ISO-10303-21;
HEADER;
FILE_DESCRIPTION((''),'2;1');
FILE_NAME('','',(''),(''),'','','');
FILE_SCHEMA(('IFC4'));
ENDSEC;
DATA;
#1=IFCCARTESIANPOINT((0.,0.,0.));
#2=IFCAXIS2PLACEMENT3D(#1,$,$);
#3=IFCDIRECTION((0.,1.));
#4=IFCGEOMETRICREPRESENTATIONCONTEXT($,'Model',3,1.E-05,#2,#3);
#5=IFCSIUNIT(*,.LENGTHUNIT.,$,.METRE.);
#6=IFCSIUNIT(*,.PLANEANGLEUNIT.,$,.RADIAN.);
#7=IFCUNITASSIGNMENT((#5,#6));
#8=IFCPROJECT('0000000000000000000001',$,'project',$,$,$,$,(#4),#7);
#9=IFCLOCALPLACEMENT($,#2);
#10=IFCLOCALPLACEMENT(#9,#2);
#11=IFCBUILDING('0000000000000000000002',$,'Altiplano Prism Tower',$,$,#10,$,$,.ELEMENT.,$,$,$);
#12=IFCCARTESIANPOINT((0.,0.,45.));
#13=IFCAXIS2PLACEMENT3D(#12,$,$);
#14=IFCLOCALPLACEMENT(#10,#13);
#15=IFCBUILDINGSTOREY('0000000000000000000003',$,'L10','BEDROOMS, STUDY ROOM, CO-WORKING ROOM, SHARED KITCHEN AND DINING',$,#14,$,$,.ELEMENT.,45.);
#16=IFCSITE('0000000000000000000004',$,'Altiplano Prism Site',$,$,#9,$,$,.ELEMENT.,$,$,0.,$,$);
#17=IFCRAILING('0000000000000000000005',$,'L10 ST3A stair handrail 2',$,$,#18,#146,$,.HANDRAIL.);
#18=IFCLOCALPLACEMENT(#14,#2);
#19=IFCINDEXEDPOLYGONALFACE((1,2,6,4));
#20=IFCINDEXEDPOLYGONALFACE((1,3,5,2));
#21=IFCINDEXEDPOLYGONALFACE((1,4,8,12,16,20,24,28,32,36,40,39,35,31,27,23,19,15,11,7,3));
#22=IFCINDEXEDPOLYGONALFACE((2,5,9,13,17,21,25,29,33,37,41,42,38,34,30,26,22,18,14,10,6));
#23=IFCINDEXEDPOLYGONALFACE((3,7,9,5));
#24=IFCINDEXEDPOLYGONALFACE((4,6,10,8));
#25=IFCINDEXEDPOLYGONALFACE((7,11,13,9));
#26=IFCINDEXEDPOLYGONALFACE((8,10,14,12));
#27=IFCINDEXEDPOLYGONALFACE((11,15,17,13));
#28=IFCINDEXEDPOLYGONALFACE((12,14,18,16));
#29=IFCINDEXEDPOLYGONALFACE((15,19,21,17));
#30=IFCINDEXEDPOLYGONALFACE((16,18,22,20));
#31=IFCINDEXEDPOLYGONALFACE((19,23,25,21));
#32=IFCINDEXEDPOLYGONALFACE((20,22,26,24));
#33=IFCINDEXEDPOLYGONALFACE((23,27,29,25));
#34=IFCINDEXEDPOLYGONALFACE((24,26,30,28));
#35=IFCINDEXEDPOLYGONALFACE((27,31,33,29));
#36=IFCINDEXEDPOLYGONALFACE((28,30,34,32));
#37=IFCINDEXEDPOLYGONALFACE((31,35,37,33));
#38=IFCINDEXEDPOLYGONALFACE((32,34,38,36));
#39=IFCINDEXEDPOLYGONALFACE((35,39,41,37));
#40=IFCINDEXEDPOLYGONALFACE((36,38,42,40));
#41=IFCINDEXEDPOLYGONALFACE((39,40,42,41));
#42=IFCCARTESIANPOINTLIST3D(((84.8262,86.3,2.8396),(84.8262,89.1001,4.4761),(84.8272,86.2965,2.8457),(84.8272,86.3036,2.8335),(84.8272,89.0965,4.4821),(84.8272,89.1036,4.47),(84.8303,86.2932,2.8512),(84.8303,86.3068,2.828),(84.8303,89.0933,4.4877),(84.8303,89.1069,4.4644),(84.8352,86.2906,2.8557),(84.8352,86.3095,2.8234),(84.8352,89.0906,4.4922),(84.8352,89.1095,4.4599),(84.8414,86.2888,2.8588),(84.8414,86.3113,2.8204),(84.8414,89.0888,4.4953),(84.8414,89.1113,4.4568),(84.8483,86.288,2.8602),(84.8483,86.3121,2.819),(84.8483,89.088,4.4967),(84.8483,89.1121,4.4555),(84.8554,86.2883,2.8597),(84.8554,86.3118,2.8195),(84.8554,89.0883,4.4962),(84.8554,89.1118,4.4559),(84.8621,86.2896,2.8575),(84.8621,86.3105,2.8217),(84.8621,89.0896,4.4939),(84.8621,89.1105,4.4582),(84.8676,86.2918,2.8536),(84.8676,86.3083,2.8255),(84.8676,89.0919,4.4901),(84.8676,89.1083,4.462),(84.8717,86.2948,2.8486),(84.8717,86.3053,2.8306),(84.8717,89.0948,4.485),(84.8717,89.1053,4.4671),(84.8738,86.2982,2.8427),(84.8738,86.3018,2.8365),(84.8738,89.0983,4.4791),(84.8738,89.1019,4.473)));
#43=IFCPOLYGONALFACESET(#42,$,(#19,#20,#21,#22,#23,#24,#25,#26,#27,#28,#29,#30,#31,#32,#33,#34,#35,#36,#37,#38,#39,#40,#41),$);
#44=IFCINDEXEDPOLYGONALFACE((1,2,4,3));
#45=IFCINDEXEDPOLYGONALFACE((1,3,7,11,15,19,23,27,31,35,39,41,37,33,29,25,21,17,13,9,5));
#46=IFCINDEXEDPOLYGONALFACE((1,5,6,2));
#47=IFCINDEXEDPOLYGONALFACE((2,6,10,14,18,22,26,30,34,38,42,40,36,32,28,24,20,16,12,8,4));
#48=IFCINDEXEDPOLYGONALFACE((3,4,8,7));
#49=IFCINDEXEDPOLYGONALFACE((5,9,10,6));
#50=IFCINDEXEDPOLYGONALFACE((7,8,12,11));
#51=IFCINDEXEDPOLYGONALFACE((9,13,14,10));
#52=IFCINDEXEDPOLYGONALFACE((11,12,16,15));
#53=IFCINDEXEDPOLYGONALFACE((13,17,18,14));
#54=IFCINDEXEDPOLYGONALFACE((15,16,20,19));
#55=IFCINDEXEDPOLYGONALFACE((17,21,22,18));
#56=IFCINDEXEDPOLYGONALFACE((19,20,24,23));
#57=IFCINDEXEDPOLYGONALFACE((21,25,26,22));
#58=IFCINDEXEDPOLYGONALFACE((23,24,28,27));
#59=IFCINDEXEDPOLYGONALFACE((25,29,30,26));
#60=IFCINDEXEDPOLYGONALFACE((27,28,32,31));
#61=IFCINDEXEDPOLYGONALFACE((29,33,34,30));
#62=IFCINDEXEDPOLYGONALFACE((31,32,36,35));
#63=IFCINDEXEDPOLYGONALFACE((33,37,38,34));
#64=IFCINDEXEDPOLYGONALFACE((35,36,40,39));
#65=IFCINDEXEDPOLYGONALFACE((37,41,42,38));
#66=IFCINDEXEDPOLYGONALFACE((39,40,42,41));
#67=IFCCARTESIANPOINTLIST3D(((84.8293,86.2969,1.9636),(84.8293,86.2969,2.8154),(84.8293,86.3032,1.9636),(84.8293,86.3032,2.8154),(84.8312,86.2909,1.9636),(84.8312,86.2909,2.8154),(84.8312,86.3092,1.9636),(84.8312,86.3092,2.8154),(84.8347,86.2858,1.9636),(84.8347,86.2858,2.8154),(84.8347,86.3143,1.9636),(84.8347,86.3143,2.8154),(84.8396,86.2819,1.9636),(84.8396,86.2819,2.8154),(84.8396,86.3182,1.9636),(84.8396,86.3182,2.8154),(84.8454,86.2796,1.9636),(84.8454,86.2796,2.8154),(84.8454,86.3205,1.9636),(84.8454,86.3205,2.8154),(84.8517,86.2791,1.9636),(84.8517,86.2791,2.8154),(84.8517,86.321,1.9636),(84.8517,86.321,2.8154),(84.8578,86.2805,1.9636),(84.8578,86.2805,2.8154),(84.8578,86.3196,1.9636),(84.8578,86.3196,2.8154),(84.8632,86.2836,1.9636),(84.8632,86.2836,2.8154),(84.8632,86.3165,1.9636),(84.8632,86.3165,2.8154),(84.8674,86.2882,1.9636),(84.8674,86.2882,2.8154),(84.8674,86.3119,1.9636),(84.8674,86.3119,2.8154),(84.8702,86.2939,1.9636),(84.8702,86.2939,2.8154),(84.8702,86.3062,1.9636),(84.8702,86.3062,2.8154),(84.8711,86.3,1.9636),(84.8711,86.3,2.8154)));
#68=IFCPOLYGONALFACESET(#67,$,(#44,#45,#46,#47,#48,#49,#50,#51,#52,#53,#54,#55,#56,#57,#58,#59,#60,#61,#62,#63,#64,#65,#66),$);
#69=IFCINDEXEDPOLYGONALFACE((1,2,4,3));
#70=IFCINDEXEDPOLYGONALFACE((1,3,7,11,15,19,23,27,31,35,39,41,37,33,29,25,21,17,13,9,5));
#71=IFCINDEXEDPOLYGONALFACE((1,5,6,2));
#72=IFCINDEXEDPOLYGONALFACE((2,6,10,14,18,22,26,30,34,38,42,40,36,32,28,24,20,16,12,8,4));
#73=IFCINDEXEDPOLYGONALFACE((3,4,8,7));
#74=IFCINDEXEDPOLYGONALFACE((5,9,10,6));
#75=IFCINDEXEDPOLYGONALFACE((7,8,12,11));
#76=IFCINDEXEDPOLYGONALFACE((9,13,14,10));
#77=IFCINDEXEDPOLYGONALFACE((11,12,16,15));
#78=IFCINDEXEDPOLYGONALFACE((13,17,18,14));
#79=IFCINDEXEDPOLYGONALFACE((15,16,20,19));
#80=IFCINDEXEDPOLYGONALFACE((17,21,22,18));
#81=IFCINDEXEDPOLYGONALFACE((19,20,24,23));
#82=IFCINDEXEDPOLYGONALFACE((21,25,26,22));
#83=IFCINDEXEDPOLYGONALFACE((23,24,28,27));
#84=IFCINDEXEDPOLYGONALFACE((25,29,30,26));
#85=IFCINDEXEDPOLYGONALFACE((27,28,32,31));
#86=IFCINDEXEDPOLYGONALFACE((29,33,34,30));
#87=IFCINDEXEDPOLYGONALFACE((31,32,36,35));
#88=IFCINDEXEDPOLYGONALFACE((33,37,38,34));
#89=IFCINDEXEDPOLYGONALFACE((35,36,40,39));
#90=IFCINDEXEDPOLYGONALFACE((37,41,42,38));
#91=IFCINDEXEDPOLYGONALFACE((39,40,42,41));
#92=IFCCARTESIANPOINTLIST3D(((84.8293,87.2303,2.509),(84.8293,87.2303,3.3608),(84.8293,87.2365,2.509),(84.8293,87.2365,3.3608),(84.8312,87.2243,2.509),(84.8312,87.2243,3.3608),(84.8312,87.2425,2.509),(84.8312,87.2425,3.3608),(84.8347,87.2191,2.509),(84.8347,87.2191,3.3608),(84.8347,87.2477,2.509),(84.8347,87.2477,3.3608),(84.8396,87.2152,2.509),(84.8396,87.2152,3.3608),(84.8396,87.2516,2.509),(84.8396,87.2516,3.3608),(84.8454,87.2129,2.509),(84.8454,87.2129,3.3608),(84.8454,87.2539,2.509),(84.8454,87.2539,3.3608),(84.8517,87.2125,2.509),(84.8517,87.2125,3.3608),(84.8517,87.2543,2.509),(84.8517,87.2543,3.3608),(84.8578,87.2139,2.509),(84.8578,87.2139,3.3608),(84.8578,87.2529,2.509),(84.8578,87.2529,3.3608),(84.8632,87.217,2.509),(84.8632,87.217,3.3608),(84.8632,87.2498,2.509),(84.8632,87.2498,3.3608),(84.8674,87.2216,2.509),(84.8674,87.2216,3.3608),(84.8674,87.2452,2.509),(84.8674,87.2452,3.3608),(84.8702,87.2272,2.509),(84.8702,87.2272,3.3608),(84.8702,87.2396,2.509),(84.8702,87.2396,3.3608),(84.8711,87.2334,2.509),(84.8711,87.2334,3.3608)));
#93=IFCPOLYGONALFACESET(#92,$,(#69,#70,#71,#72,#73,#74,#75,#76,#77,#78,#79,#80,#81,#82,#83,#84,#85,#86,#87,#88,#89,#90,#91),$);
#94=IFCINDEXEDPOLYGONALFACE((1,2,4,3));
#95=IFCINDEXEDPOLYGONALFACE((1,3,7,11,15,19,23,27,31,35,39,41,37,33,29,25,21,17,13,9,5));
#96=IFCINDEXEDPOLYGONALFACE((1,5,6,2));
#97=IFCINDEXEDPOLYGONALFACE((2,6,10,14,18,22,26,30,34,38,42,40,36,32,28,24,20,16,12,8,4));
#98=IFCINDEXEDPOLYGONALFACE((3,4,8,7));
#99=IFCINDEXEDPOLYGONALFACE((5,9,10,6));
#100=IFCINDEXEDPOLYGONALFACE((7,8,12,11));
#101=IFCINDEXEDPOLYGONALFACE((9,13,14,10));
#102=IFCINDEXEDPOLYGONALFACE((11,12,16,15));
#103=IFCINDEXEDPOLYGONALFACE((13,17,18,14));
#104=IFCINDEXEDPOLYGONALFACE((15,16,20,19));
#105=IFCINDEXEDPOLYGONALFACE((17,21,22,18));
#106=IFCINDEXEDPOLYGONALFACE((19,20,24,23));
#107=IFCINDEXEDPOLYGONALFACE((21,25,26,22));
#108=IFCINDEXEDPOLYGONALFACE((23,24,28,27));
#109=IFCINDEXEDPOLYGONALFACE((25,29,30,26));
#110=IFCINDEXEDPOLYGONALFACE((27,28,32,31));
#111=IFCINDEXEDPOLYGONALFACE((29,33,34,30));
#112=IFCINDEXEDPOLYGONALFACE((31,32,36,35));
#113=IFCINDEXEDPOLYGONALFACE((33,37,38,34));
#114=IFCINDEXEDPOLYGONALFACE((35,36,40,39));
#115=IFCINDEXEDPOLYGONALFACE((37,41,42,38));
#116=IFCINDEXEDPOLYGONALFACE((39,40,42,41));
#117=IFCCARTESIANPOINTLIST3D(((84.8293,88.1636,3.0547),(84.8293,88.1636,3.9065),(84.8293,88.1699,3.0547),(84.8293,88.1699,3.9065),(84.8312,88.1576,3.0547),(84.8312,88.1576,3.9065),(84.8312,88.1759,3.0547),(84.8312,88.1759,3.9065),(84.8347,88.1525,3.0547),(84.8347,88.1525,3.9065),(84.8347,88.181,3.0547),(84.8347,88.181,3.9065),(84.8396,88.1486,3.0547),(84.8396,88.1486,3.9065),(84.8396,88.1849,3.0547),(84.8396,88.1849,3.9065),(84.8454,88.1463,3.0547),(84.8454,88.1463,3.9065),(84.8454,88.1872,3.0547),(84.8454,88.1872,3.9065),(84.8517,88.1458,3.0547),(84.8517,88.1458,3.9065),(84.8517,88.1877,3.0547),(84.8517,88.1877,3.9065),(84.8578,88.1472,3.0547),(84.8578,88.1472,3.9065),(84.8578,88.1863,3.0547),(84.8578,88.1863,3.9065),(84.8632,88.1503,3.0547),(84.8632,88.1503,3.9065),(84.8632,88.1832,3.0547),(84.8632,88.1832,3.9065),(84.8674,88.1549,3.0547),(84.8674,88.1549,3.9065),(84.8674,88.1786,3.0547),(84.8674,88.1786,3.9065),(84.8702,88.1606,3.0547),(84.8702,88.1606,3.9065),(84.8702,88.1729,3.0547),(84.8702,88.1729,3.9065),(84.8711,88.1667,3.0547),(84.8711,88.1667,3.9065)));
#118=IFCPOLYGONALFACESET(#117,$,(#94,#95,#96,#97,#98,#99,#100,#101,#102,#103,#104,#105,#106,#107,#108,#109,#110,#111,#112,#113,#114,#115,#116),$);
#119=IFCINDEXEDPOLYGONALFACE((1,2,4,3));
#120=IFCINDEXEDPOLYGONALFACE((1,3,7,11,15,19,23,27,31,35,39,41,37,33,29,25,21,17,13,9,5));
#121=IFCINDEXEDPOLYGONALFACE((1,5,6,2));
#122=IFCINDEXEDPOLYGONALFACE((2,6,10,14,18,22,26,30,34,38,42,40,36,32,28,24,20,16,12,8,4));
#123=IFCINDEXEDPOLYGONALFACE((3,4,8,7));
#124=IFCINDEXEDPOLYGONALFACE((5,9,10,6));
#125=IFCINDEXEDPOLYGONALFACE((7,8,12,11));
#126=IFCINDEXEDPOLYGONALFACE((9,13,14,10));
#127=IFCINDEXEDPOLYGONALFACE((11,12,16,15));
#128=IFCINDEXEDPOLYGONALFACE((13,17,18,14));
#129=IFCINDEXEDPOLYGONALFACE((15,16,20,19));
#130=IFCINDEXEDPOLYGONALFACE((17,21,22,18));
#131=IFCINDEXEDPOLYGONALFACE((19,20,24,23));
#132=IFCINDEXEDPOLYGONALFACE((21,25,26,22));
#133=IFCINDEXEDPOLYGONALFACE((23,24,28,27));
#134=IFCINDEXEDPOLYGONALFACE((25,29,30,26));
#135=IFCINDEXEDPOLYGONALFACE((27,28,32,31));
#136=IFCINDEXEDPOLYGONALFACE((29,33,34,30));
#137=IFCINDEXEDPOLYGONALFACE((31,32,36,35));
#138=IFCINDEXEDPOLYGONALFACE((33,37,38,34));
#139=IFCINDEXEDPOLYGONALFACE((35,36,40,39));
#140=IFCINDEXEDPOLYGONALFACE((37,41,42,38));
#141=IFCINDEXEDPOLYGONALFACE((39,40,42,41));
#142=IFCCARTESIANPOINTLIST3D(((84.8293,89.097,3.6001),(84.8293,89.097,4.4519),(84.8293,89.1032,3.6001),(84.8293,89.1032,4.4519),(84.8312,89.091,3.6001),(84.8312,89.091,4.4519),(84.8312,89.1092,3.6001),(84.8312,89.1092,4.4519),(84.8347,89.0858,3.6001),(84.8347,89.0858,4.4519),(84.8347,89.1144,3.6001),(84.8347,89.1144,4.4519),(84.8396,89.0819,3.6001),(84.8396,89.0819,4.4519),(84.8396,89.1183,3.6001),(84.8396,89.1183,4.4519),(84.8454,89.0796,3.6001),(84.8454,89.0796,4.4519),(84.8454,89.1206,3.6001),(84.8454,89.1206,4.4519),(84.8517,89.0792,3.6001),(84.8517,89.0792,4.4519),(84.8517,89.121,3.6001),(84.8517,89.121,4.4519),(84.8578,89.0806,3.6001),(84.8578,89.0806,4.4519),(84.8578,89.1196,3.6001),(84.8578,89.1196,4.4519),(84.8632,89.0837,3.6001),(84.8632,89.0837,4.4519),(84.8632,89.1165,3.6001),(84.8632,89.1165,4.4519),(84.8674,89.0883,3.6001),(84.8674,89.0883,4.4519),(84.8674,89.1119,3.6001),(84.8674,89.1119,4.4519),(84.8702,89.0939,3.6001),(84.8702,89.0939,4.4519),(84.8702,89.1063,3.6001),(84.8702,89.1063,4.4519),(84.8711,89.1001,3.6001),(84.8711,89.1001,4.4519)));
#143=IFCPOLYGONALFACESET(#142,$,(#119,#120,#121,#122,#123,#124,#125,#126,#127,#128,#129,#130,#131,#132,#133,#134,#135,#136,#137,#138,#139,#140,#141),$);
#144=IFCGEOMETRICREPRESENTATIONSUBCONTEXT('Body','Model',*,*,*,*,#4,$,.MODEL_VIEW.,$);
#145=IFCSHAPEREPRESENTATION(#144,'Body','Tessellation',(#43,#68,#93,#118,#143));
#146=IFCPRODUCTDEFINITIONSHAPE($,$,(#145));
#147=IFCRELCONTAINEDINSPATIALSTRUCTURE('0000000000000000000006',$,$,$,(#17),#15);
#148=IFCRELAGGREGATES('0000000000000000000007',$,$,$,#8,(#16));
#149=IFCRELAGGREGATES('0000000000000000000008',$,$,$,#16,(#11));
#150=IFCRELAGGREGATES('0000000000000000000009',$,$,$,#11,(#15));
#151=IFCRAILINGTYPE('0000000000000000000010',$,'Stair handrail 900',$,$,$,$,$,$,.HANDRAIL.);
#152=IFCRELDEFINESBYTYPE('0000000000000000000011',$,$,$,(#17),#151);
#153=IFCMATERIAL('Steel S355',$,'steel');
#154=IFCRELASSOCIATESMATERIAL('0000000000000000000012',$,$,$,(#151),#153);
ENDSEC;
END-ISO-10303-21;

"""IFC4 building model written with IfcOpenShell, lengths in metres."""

from ifc_helpers import new_model, si_unit, direction, frame, origin, origin_2d, place, context, subcontext, project, spatial, circle, extrude, material, type_object, element, save


model = new_model("IFC4")

# Units and contexts
model_context = context("Model", 3, precision=1e-05, world=origin(), true_north=direction((0.0, 1.0)))
body_context = subcontext(model_context, "Body", "Model", "MODEL_VIEW")
ifc_project = project(units=[si_unit("LENGTHUNIT", "METRE"), si_unit("PLANEANGLEUNIT", "RADIAN")], contexts=[model_context])

# Site, building, storey
site_placement = place(None, origin())
site = spatial("IfcSite", under=ifc_project, at=site_placement, Name="Altiplano Prism Site", CompositionType="ELEMENT", RefElevation=0.0)
building_placement = place(site_placement, origin())
building = spatial("IfcBuilding", under=site, at=building_placement, Name="Altiplano Prism Tower", CompositionType="ELEMENT")
storey_placement = place(building_placement, frame((0.0, 0.0, 45.0)))
storey = spatial("IfcBuildingStorey", under=building, at=storey_placement, Name="L10", Description="BEDROOMS, STUDY ROOM, CO-WORKING ROOM, SHARED KITCHEN AND DINING", CompositionType="ELEMENT", Elevation=45.0)

# Railing
ifc_material_1 = material(Name="Steel S355", Category="steel")
railing_type_1 = type_object("IfcRailingType", Name="Stair handrail 900", PredefinedType="HANDRAIL", material=ifc_material_1)
railing_1_placement = place(storey_placement, frame((84.8501, 86.3, 1.9636)))
element("IfcRailing", 1, at=railing_1_placement, inside=storey, type_object=railing_type_1, Name="L10 ST3A stair handrail 2", PredefinedType="HANDRAIL", context=body_context, shape_type="SweptSolid", body=[
    extrude(circle(Radius=0.0239, at=origin_2d()), frame((0.0, 0.0, 0.876), z_axis=(0.0, 0.863361, 0.504587), x_axis=(-1.0, 0.0, 0.0)), (0.0, 0.0, 1.0), 3.2432),
    extrude(circle(Radius=0.021, at=origin_2d()), origin(), (0.0, 0.0, 1.0), 0.8518),
    extrude(circle(Radius=0.021, at=origin_2d()), frame((0.0, 0.9333, 0.5454)), (0.0, 0.0, 1.0), 0.8518),
    extrude(circle(Radius=0.021, at=origin_2d()), frame((0.0, 1.8667, 1.0911)), (0.0, 0.0, 1.0), 0.8518),
    extrude(circle(Radius=0.021, at=origin_2d()), frame((0.0, 2.8, 1.6365)), (0.0, 0.0, 1.0), 0.8518),
])

save(model, "model.ifc")
